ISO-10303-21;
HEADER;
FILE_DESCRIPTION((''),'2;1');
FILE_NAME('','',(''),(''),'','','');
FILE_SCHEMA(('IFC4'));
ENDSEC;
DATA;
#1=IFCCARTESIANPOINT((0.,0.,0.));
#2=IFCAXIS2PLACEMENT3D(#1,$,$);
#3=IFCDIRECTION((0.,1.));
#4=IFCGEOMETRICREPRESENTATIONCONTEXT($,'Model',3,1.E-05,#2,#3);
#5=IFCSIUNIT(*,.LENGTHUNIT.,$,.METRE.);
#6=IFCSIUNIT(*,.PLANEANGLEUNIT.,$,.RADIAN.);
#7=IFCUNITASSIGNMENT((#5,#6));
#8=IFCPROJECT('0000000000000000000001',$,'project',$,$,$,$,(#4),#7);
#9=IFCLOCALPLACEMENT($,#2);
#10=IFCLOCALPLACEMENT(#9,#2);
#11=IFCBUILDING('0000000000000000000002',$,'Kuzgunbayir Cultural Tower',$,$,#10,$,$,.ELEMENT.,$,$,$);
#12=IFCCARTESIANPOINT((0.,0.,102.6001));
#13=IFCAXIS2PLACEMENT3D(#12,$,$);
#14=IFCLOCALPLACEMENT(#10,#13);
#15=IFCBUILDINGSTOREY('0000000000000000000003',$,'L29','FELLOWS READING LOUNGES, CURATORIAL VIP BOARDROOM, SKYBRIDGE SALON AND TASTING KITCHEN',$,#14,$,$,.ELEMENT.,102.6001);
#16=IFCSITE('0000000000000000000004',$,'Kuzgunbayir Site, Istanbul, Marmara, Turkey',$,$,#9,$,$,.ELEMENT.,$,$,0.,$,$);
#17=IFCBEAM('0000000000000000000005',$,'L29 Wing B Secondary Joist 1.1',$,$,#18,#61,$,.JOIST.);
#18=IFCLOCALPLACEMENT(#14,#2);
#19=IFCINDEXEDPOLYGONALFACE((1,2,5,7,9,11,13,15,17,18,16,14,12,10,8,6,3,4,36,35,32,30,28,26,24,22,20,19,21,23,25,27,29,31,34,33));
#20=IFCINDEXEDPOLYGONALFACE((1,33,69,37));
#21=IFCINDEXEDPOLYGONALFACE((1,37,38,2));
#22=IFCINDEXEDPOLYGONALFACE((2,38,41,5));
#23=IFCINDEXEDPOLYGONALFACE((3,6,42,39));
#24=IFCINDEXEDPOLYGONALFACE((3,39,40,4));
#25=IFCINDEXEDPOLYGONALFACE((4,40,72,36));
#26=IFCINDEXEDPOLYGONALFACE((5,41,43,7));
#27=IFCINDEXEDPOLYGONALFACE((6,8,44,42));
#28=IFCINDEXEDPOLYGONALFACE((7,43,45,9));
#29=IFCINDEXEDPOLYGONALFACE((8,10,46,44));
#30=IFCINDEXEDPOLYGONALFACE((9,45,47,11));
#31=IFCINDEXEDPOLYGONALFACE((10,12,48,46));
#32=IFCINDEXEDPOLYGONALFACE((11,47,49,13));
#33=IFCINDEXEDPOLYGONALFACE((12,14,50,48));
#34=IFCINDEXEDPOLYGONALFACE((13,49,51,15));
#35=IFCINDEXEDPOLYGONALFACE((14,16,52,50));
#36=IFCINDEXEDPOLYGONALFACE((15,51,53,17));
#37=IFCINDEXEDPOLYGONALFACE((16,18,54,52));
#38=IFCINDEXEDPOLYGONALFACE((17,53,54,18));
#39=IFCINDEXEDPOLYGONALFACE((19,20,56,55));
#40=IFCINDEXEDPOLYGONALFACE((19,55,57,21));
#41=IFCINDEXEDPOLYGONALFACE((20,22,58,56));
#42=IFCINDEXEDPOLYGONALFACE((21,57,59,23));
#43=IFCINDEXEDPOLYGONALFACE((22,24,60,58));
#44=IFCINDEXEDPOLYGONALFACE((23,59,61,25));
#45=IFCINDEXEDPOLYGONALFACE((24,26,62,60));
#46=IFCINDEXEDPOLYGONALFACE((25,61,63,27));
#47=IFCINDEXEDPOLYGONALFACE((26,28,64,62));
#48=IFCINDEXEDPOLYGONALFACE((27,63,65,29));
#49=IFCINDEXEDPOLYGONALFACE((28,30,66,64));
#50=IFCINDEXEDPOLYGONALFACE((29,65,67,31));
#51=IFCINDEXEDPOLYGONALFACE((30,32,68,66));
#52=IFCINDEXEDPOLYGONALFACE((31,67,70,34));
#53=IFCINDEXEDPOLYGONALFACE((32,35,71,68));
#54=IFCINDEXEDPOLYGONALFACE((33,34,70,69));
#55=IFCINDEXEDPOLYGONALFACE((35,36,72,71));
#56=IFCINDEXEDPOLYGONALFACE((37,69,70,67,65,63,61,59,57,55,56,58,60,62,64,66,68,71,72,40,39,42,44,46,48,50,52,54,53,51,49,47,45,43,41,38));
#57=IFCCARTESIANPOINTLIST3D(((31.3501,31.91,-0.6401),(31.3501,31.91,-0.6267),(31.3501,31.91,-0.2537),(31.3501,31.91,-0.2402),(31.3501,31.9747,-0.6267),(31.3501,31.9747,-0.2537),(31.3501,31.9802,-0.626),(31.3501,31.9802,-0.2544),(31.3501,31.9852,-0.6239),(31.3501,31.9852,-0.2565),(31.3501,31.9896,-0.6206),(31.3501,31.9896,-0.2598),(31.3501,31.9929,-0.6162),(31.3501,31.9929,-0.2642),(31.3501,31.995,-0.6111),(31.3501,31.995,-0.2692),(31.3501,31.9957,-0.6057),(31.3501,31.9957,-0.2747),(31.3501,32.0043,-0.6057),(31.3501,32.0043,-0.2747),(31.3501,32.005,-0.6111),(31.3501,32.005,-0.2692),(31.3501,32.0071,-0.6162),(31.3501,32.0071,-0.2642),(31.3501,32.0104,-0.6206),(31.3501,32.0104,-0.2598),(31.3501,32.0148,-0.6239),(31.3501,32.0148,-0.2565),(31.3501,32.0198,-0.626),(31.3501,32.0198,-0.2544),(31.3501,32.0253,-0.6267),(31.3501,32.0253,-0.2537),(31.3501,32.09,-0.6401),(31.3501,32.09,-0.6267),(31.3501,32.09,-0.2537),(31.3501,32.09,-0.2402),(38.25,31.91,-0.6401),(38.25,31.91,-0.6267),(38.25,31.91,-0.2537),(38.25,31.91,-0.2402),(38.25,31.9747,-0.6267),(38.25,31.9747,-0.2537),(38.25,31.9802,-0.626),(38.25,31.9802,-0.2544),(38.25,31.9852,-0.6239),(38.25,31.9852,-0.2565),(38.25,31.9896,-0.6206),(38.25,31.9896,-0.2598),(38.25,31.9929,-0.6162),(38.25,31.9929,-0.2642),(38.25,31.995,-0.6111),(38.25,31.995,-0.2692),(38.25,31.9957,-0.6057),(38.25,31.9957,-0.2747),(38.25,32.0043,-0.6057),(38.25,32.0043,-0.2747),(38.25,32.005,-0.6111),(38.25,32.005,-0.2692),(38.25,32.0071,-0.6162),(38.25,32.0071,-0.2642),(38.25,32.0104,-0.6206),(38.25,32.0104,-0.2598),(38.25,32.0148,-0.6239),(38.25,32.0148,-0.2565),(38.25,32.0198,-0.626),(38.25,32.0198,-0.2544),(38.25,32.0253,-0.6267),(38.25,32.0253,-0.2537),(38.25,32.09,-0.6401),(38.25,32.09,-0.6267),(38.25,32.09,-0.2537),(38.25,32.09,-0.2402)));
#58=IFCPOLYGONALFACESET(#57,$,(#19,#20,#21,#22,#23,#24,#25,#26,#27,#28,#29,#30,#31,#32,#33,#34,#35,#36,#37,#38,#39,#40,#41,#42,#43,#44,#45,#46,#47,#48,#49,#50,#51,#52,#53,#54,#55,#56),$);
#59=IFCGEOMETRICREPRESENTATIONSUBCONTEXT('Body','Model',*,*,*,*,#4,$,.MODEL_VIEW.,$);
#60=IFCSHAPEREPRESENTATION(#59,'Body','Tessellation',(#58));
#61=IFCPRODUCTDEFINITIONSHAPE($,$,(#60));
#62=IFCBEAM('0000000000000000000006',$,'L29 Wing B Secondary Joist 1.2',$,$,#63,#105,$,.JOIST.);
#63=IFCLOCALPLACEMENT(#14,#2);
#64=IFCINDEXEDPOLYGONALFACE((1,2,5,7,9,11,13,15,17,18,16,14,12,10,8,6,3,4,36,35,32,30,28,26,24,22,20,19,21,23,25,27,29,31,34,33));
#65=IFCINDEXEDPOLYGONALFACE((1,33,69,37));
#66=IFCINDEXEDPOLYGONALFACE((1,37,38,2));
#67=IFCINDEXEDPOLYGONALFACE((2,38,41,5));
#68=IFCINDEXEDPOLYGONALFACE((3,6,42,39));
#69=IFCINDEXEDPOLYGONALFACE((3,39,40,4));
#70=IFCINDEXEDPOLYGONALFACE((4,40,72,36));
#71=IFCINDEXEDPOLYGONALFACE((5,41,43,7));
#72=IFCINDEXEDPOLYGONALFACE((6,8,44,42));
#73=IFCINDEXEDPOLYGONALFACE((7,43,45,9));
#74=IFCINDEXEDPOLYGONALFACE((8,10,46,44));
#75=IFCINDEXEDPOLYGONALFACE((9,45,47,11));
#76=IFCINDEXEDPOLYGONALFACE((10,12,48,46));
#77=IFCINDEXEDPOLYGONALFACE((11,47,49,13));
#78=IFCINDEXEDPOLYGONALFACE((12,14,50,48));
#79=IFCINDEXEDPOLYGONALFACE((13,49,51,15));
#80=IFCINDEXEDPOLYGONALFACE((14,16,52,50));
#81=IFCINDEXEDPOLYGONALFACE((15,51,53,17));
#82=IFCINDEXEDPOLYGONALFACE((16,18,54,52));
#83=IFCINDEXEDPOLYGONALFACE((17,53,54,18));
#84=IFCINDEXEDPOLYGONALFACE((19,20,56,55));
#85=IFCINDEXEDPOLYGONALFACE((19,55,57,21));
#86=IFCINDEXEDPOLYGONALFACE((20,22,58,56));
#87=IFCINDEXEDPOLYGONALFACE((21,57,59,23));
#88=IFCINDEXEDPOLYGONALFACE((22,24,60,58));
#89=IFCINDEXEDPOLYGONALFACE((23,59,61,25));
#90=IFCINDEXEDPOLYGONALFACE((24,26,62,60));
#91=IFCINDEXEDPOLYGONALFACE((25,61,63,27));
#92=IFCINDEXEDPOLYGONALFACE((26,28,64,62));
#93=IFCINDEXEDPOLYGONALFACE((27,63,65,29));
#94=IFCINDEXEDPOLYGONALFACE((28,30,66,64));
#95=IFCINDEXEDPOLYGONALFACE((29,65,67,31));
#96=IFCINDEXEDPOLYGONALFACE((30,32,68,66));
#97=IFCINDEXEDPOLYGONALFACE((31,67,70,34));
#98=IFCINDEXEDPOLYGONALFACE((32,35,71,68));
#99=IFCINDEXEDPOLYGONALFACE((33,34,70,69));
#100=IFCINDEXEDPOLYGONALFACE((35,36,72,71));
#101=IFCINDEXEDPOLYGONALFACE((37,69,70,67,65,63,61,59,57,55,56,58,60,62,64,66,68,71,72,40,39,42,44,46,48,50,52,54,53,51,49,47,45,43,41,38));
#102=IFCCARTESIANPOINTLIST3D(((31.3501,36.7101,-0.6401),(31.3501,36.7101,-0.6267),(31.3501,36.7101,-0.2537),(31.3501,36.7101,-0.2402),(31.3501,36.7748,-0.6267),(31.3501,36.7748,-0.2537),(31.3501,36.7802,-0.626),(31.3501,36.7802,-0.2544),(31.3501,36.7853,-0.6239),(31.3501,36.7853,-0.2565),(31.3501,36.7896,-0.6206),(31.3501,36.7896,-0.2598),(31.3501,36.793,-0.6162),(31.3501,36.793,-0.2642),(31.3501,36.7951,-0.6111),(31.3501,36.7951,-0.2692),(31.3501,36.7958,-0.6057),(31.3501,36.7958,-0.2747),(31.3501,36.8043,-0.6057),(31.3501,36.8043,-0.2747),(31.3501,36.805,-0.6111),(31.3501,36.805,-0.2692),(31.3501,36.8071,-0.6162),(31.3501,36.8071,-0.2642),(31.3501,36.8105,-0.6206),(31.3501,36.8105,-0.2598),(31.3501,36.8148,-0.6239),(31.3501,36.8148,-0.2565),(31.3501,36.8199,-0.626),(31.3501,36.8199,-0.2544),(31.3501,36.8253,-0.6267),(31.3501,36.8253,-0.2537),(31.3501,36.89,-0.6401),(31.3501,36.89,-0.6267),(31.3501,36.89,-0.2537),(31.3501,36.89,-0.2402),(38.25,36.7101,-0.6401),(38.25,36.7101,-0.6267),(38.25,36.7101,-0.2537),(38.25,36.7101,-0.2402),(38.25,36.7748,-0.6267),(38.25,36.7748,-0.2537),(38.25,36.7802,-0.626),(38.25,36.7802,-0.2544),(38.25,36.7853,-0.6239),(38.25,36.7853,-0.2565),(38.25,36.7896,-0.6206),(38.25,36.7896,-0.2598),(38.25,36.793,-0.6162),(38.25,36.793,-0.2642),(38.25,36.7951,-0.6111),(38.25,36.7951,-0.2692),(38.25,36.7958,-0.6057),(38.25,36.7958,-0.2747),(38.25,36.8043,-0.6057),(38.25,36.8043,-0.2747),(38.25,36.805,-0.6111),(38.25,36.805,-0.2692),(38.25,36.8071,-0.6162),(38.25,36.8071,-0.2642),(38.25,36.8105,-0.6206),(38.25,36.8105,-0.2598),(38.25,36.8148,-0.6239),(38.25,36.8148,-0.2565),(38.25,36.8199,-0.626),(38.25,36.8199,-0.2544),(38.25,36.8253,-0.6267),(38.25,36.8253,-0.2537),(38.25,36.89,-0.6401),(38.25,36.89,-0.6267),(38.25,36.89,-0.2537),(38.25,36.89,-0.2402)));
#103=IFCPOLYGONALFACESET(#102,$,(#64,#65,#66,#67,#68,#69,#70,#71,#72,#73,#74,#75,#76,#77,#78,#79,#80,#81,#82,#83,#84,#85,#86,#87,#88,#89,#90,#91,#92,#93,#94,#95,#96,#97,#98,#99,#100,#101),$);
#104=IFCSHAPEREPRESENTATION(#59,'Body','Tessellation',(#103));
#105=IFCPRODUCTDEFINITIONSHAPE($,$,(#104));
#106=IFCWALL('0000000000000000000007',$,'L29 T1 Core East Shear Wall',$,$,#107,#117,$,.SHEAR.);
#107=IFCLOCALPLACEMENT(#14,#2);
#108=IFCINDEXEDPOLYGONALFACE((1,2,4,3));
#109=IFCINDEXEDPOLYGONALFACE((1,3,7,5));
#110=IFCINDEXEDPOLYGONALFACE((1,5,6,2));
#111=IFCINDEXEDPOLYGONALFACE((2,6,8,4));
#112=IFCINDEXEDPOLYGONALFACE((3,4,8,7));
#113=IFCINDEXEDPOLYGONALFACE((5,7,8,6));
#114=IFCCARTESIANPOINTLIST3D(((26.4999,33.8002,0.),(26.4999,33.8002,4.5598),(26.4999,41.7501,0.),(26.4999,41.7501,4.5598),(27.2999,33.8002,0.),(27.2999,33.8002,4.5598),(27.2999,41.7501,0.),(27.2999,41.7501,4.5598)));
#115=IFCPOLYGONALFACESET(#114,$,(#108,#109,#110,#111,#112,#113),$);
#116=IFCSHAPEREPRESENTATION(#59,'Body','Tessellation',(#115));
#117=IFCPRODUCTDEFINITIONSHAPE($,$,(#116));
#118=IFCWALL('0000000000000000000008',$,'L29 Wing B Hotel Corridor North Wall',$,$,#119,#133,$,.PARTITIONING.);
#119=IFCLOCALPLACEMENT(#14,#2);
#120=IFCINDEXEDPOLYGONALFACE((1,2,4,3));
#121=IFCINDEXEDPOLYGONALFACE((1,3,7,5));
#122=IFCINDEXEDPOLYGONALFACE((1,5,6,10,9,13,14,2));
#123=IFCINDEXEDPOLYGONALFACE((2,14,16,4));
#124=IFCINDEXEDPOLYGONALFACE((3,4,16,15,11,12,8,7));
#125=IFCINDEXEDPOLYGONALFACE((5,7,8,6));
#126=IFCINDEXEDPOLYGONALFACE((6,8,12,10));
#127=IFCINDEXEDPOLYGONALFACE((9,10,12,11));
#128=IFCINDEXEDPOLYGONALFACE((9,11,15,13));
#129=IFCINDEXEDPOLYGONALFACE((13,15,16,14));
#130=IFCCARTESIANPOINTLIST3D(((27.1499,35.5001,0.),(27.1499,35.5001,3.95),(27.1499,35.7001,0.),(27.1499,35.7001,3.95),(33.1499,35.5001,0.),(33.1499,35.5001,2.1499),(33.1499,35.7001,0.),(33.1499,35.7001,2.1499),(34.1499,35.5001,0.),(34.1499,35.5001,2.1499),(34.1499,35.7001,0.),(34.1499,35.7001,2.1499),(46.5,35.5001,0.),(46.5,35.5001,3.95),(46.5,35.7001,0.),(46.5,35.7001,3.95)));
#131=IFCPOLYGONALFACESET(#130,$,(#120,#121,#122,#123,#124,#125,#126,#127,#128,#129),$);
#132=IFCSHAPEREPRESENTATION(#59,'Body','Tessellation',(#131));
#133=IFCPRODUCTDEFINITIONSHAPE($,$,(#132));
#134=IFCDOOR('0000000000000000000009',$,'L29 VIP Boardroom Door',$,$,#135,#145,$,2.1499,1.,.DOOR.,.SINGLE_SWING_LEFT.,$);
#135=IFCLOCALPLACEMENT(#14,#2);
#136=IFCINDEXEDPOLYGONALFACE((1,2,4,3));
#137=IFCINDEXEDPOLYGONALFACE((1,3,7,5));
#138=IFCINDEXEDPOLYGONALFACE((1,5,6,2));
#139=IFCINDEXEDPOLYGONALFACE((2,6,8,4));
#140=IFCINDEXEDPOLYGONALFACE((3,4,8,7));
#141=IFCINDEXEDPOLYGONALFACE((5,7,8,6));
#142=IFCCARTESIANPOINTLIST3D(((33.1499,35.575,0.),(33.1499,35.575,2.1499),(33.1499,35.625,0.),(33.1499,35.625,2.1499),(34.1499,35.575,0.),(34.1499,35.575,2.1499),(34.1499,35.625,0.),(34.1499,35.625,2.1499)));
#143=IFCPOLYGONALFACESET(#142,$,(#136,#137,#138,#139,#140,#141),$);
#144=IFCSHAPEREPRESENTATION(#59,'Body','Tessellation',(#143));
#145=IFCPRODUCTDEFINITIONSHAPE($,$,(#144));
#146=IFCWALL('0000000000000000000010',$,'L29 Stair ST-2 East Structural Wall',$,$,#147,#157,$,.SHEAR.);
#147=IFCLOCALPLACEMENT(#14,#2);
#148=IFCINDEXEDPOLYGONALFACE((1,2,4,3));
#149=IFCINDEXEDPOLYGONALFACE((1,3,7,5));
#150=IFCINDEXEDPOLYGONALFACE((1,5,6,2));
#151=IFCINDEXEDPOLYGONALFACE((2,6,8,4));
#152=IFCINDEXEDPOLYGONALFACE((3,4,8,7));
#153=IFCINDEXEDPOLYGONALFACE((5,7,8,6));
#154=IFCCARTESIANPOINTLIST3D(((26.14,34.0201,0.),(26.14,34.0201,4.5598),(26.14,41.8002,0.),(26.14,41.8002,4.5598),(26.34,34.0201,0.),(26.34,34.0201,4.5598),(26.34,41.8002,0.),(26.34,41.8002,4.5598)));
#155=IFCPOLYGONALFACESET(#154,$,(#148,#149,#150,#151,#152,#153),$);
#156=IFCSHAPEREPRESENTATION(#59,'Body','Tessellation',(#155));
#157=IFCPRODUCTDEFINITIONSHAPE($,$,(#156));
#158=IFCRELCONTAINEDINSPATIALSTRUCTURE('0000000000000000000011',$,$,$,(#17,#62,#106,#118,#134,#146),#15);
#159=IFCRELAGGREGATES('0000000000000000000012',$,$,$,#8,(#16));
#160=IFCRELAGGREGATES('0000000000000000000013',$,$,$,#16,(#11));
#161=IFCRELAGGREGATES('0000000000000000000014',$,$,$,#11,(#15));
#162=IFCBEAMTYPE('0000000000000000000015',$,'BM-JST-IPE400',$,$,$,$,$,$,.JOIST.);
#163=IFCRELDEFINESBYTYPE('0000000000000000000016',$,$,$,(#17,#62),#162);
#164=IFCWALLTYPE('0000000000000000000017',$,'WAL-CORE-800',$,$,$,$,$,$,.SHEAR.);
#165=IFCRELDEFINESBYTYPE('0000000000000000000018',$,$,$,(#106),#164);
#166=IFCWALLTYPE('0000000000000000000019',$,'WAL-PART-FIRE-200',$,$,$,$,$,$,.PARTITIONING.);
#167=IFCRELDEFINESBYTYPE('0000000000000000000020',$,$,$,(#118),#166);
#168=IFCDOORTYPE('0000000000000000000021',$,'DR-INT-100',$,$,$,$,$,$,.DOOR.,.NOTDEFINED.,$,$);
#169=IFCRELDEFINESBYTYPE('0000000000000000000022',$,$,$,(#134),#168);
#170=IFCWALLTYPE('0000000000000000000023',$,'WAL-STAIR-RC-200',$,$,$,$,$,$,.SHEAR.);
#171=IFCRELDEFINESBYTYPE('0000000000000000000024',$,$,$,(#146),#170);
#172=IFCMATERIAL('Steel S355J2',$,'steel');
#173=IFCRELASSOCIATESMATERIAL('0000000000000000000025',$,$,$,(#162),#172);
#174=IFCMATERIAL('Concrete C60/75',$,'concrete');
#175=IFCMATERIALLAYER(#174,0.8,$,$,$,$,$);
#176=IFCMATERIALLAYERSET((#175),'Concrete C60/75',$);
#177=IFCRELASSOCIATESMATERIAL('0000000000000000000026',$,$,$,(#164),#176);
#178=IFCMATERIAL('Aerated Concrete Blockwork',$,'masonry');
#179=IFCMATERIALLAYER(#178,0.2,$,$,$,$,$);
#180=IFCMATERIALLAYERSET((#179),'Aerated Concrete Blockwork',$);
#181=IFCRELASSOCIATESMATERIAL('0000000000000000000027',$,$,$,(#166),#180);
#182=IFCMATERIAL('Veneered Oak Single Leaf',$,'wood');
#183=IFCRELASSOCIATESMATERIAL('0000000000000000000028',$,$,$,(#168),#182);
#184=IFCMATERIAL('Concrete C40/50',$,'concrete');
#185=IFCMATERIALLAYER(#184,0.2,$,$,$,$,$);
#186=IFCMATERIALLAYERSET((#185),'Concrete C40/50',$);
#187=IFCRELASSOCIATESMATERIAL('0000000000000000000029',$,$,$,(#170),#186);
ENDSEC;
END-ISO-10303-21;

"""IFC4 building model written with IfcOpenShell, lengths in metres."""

from ifc_helpers import new_model, si_unit, direction, frame, frame_2d, origin, origin_2d, place, context, subcontext, project, spatial, rectangle, i_section, extrude, material, layer, layer_set, material_profile, profile_set, type_object, element, fill, save


model = new_model("IFC4")

# Units and contexts
model_context = context("Model", 3, precision=1e-05, world=origin(), true_north=direction((0.0, 1.0)))
body_context = subcontext(model_context, "Body", "Model", "MODEL_VIEW")
ifc_project = project(units=[si_unit("LENGTHUNIT", "METRE"), si_unit("PLANEANGLEUNIT", "RADIAN")], contexts=[model_context])

# Site, building, storey
site_placement = place(None, origin())
site = spatial("IfcSite", under=ifc_project, at=site_placement, Name="Kuzgunbayir Site, Istanbul, Marmara, Turkey", CompositionType="ELEMENT", RefElevation=0.0)
building_placement = place(site_placement, origin())
building = spatial("IfcBuilding", under=site, at=building_placement, Name="Kuzgunbayir Cultural Tower", CompositionType="ELEMENT")
storey_placement = place(building_placement, frame((0.0, 0.0, 102.6001)))
storey = spatial("IfcBuildingStorey", under=building, at=storey_placement, Name="L29", Description="FELLOWS READING LOUNGES, CURATORIAL VIP BOARDROOM, SKYBRIDGE SALON AND TASTING KITCHEN", CompositionType="ELEMENT", Elevation=102.6001)

# Shared definitions
ifc_material_1 = material(Name="Concrete C60/75", Category="concrete")

# Beams
ifc_material_2 = material(Name="Steel S355J2", Category="steel")
ifc_material_profile_1 = material_profile(ifc_material_2, i_section(OverallWidth=0.1799, OverallDepth=0.3999, WebThickness=0.0085, FlangeThickness=0.0134, FilletRadius=0.021, at=origin_2d()), Name="IPE 400")
ifc_profile_set_1 = profile_set([ifc_material_profile_1], Name="Steel S355J2")
beam_type_1 = type_object("IfcBeamType", Name="BM-JST-IPE400", PredefinedType="JOIST", material=ifc_profile_set_1)
for number, where, z_axis, x_axis, name in (
    (1, (31.3501, 32.0, -0.4402), (1.0, 0.0, 0.0), (0.0, 1.0, 0.0), "L29 Wing B Secondary Joist 1.1"),
    (2, (31.3501, 36.8, -0.4402), (1.0, 0.0, 0.0), (0.0, 1.0, 0.0), "L29 Wing B Secondary Joist 1.2"),
):
    element("IfcBeam", number, at=place(storey_placement, frame(where, z_axis=z_axis, x_axis=x_axis)), inside=storey, type_object=beam_type_1, Name=name, PredefinedType="JOIST", context=body_context, shape_type="SweptSolid", body=[
        extrude(i_section(OverallWidth=0.1799, OverallDepth=0.3999, WebThickness=0.0085, FlangeThickness=0.0134, FilletRadius=0.021, at=origin_2d()), origin(), (0.0, 0.0, 1.0), 6.8999),
    ])

# Wall
ifc_layer_1 = layer(ifc_material_1, 0.8)
ifc_layer_set_1 = layer_set([ifc_layer_1], Name="Concrete C60/75")
wall_type_1 = type_object("IfcWallType", Name="WAL-CORE-800", PredefinedType="SHEAR", material=ifc_layer_set_1)
wall_1_placement = place(storey_placement, frame((26.8999, 33.8, 0.0), z_axis=(0.0, 0.0, 1.0), x_axis=(0.0, 1.0, 0.0)))
element("IfcWall", 3, at=wall_1_placement, inside=storey, type_object=wall_type_1, Name="L29 T1 Core East Shear Wall", PredefinedType="SHEAR", context=body_context, shape_type="SweptSolid", body=[
    extrude(rectangle(XDim=7.95, YDim=0.8, at=frame_2d((3.9751, 0.0))), origin(), (0.0, 0.0, 1.0), 4.5598),
])

# Wall, opening, door
ifc_material_3 = material(Name="Aerated Concrete Blockwork", Category="masonry")
ifc_layer_2 = layer(ifc_material_3, 0.2)
ifc_layer_set_2 = layer_set([ifc_layer_2], Name="Aerated Concrete Blockwork")
wall_type_2 = type_object("IfcWallType", Name="WAL-PART-FIRE-200", PredefinedType="PARTITIONING", material=ifc_layer_set_2)
wall_2_placement = place(storey_placement, frame((27.1499, 35.6001, 0.0), z_axis=(0.0, 0.0, 1.0), x_axis=(1.0, 0.0, 0.0)))
wall_2 = element("IfcWall", 4, at=wall_2_placement, inside=storey, type_object=wall_type_2, Name="L29 Wing B Hotel Corridor North Wall", PredefinedType="PARTITIONING", context=body_context, shape_type="SweptSolid", body=[
    extrude(rectangle(XDim=19.3501, YDim=0.2, at=frame_2d((9.675, 0.0))), origin(), (0.0, 0.0, 1.0), 3.95),
])
opening_placement = place(wall_2_placement, frame((6.0, 0.0, 0.0)))
opening = element("IfcOpeningElement", 5, at=opening_placement, cuts=wall_2, PredefinedType="OPENING", context=body_context, shape_type="SweptSolid", body=[
    extrude(rectangle(XDim=1.0, YDim=2.1499, at=frame_2d((0.5, 1.075))), frame((0.0, 0.1099, 0.0), z_axis=(0.0, -1.0, 0.0), x_axis=(1.0, 0.0, 0.0)), (0.0, 0.0, 1.0), 0.22),
])
ifc_material_4 = material(Name="Veneered Oak Single Leaf", Category="wood")
door_type = type_object("IfcDoorType", Name="DR-INT-100", OperationType="NOTDEFINED", PredefinedType="DOOR", material=ifc_material_4)
door_placement = place(opening_placement, origin())
door = element("IfcDoor", 6, at=door_placement, inside=storey, type_object=door_type, Name="L29 VIP Boardroom Door", OperationType="SINGLE_SWING_LEFT", OverallHeight=2.1499, OverallWidth=1.0, PredefinedType="DOOR", context=body_context, shape_type="SweptSolid", body=[
    extrude(rectangle(XDim=1.0, YDim=2.1499, at=frame_2d((0.5, 1.075))), frame((0.0, 0.0249, 0.0), z_axis=(0.0, -1.0, 0.0), x_axis=(1.0, 0.0, 0.0)), (0.0, 0.0, 1.0), 0.05),
])
fill(opening, door)

# Wall
ifc_material_5 = material(Name="Concrete C40/50", Category="concrete")
ifc_layer_3 = layer(ifc_material_5, 0.2)
ifc_layer_set_3 = layer_set([ifc_layer_3], Name="Concrete C40/50")
wall_type_3 = type_object("IfcWallType", Name="WAL-STAIR-RC-200", PredefinedType="SHEAR", material=ifc_layer_set_3)
wall_3_placement = place(storey_placement, frame((26.24, 34.02, 0.0), z_axis=(0.0, 0.0, 1.0), x_axis=(0.0, 1.0, 0.0)))
element("IfcWall", 7, at=wall_3_placement, inside=storey, type_object=wall_type_3, Name="L29 Stair ST-2 East Structural Wall", PredefinedType="SHEAR", context=body_context, shape_type="SweptSolid", body=[
    extrude(rectangle(XDim=7.78, YDim=0.2, at=frame_2d((3.8901, 0.0))), origin(), (0.0, 0.0, 1.0), 4.5598),
])

save(model, "model.ifc")
